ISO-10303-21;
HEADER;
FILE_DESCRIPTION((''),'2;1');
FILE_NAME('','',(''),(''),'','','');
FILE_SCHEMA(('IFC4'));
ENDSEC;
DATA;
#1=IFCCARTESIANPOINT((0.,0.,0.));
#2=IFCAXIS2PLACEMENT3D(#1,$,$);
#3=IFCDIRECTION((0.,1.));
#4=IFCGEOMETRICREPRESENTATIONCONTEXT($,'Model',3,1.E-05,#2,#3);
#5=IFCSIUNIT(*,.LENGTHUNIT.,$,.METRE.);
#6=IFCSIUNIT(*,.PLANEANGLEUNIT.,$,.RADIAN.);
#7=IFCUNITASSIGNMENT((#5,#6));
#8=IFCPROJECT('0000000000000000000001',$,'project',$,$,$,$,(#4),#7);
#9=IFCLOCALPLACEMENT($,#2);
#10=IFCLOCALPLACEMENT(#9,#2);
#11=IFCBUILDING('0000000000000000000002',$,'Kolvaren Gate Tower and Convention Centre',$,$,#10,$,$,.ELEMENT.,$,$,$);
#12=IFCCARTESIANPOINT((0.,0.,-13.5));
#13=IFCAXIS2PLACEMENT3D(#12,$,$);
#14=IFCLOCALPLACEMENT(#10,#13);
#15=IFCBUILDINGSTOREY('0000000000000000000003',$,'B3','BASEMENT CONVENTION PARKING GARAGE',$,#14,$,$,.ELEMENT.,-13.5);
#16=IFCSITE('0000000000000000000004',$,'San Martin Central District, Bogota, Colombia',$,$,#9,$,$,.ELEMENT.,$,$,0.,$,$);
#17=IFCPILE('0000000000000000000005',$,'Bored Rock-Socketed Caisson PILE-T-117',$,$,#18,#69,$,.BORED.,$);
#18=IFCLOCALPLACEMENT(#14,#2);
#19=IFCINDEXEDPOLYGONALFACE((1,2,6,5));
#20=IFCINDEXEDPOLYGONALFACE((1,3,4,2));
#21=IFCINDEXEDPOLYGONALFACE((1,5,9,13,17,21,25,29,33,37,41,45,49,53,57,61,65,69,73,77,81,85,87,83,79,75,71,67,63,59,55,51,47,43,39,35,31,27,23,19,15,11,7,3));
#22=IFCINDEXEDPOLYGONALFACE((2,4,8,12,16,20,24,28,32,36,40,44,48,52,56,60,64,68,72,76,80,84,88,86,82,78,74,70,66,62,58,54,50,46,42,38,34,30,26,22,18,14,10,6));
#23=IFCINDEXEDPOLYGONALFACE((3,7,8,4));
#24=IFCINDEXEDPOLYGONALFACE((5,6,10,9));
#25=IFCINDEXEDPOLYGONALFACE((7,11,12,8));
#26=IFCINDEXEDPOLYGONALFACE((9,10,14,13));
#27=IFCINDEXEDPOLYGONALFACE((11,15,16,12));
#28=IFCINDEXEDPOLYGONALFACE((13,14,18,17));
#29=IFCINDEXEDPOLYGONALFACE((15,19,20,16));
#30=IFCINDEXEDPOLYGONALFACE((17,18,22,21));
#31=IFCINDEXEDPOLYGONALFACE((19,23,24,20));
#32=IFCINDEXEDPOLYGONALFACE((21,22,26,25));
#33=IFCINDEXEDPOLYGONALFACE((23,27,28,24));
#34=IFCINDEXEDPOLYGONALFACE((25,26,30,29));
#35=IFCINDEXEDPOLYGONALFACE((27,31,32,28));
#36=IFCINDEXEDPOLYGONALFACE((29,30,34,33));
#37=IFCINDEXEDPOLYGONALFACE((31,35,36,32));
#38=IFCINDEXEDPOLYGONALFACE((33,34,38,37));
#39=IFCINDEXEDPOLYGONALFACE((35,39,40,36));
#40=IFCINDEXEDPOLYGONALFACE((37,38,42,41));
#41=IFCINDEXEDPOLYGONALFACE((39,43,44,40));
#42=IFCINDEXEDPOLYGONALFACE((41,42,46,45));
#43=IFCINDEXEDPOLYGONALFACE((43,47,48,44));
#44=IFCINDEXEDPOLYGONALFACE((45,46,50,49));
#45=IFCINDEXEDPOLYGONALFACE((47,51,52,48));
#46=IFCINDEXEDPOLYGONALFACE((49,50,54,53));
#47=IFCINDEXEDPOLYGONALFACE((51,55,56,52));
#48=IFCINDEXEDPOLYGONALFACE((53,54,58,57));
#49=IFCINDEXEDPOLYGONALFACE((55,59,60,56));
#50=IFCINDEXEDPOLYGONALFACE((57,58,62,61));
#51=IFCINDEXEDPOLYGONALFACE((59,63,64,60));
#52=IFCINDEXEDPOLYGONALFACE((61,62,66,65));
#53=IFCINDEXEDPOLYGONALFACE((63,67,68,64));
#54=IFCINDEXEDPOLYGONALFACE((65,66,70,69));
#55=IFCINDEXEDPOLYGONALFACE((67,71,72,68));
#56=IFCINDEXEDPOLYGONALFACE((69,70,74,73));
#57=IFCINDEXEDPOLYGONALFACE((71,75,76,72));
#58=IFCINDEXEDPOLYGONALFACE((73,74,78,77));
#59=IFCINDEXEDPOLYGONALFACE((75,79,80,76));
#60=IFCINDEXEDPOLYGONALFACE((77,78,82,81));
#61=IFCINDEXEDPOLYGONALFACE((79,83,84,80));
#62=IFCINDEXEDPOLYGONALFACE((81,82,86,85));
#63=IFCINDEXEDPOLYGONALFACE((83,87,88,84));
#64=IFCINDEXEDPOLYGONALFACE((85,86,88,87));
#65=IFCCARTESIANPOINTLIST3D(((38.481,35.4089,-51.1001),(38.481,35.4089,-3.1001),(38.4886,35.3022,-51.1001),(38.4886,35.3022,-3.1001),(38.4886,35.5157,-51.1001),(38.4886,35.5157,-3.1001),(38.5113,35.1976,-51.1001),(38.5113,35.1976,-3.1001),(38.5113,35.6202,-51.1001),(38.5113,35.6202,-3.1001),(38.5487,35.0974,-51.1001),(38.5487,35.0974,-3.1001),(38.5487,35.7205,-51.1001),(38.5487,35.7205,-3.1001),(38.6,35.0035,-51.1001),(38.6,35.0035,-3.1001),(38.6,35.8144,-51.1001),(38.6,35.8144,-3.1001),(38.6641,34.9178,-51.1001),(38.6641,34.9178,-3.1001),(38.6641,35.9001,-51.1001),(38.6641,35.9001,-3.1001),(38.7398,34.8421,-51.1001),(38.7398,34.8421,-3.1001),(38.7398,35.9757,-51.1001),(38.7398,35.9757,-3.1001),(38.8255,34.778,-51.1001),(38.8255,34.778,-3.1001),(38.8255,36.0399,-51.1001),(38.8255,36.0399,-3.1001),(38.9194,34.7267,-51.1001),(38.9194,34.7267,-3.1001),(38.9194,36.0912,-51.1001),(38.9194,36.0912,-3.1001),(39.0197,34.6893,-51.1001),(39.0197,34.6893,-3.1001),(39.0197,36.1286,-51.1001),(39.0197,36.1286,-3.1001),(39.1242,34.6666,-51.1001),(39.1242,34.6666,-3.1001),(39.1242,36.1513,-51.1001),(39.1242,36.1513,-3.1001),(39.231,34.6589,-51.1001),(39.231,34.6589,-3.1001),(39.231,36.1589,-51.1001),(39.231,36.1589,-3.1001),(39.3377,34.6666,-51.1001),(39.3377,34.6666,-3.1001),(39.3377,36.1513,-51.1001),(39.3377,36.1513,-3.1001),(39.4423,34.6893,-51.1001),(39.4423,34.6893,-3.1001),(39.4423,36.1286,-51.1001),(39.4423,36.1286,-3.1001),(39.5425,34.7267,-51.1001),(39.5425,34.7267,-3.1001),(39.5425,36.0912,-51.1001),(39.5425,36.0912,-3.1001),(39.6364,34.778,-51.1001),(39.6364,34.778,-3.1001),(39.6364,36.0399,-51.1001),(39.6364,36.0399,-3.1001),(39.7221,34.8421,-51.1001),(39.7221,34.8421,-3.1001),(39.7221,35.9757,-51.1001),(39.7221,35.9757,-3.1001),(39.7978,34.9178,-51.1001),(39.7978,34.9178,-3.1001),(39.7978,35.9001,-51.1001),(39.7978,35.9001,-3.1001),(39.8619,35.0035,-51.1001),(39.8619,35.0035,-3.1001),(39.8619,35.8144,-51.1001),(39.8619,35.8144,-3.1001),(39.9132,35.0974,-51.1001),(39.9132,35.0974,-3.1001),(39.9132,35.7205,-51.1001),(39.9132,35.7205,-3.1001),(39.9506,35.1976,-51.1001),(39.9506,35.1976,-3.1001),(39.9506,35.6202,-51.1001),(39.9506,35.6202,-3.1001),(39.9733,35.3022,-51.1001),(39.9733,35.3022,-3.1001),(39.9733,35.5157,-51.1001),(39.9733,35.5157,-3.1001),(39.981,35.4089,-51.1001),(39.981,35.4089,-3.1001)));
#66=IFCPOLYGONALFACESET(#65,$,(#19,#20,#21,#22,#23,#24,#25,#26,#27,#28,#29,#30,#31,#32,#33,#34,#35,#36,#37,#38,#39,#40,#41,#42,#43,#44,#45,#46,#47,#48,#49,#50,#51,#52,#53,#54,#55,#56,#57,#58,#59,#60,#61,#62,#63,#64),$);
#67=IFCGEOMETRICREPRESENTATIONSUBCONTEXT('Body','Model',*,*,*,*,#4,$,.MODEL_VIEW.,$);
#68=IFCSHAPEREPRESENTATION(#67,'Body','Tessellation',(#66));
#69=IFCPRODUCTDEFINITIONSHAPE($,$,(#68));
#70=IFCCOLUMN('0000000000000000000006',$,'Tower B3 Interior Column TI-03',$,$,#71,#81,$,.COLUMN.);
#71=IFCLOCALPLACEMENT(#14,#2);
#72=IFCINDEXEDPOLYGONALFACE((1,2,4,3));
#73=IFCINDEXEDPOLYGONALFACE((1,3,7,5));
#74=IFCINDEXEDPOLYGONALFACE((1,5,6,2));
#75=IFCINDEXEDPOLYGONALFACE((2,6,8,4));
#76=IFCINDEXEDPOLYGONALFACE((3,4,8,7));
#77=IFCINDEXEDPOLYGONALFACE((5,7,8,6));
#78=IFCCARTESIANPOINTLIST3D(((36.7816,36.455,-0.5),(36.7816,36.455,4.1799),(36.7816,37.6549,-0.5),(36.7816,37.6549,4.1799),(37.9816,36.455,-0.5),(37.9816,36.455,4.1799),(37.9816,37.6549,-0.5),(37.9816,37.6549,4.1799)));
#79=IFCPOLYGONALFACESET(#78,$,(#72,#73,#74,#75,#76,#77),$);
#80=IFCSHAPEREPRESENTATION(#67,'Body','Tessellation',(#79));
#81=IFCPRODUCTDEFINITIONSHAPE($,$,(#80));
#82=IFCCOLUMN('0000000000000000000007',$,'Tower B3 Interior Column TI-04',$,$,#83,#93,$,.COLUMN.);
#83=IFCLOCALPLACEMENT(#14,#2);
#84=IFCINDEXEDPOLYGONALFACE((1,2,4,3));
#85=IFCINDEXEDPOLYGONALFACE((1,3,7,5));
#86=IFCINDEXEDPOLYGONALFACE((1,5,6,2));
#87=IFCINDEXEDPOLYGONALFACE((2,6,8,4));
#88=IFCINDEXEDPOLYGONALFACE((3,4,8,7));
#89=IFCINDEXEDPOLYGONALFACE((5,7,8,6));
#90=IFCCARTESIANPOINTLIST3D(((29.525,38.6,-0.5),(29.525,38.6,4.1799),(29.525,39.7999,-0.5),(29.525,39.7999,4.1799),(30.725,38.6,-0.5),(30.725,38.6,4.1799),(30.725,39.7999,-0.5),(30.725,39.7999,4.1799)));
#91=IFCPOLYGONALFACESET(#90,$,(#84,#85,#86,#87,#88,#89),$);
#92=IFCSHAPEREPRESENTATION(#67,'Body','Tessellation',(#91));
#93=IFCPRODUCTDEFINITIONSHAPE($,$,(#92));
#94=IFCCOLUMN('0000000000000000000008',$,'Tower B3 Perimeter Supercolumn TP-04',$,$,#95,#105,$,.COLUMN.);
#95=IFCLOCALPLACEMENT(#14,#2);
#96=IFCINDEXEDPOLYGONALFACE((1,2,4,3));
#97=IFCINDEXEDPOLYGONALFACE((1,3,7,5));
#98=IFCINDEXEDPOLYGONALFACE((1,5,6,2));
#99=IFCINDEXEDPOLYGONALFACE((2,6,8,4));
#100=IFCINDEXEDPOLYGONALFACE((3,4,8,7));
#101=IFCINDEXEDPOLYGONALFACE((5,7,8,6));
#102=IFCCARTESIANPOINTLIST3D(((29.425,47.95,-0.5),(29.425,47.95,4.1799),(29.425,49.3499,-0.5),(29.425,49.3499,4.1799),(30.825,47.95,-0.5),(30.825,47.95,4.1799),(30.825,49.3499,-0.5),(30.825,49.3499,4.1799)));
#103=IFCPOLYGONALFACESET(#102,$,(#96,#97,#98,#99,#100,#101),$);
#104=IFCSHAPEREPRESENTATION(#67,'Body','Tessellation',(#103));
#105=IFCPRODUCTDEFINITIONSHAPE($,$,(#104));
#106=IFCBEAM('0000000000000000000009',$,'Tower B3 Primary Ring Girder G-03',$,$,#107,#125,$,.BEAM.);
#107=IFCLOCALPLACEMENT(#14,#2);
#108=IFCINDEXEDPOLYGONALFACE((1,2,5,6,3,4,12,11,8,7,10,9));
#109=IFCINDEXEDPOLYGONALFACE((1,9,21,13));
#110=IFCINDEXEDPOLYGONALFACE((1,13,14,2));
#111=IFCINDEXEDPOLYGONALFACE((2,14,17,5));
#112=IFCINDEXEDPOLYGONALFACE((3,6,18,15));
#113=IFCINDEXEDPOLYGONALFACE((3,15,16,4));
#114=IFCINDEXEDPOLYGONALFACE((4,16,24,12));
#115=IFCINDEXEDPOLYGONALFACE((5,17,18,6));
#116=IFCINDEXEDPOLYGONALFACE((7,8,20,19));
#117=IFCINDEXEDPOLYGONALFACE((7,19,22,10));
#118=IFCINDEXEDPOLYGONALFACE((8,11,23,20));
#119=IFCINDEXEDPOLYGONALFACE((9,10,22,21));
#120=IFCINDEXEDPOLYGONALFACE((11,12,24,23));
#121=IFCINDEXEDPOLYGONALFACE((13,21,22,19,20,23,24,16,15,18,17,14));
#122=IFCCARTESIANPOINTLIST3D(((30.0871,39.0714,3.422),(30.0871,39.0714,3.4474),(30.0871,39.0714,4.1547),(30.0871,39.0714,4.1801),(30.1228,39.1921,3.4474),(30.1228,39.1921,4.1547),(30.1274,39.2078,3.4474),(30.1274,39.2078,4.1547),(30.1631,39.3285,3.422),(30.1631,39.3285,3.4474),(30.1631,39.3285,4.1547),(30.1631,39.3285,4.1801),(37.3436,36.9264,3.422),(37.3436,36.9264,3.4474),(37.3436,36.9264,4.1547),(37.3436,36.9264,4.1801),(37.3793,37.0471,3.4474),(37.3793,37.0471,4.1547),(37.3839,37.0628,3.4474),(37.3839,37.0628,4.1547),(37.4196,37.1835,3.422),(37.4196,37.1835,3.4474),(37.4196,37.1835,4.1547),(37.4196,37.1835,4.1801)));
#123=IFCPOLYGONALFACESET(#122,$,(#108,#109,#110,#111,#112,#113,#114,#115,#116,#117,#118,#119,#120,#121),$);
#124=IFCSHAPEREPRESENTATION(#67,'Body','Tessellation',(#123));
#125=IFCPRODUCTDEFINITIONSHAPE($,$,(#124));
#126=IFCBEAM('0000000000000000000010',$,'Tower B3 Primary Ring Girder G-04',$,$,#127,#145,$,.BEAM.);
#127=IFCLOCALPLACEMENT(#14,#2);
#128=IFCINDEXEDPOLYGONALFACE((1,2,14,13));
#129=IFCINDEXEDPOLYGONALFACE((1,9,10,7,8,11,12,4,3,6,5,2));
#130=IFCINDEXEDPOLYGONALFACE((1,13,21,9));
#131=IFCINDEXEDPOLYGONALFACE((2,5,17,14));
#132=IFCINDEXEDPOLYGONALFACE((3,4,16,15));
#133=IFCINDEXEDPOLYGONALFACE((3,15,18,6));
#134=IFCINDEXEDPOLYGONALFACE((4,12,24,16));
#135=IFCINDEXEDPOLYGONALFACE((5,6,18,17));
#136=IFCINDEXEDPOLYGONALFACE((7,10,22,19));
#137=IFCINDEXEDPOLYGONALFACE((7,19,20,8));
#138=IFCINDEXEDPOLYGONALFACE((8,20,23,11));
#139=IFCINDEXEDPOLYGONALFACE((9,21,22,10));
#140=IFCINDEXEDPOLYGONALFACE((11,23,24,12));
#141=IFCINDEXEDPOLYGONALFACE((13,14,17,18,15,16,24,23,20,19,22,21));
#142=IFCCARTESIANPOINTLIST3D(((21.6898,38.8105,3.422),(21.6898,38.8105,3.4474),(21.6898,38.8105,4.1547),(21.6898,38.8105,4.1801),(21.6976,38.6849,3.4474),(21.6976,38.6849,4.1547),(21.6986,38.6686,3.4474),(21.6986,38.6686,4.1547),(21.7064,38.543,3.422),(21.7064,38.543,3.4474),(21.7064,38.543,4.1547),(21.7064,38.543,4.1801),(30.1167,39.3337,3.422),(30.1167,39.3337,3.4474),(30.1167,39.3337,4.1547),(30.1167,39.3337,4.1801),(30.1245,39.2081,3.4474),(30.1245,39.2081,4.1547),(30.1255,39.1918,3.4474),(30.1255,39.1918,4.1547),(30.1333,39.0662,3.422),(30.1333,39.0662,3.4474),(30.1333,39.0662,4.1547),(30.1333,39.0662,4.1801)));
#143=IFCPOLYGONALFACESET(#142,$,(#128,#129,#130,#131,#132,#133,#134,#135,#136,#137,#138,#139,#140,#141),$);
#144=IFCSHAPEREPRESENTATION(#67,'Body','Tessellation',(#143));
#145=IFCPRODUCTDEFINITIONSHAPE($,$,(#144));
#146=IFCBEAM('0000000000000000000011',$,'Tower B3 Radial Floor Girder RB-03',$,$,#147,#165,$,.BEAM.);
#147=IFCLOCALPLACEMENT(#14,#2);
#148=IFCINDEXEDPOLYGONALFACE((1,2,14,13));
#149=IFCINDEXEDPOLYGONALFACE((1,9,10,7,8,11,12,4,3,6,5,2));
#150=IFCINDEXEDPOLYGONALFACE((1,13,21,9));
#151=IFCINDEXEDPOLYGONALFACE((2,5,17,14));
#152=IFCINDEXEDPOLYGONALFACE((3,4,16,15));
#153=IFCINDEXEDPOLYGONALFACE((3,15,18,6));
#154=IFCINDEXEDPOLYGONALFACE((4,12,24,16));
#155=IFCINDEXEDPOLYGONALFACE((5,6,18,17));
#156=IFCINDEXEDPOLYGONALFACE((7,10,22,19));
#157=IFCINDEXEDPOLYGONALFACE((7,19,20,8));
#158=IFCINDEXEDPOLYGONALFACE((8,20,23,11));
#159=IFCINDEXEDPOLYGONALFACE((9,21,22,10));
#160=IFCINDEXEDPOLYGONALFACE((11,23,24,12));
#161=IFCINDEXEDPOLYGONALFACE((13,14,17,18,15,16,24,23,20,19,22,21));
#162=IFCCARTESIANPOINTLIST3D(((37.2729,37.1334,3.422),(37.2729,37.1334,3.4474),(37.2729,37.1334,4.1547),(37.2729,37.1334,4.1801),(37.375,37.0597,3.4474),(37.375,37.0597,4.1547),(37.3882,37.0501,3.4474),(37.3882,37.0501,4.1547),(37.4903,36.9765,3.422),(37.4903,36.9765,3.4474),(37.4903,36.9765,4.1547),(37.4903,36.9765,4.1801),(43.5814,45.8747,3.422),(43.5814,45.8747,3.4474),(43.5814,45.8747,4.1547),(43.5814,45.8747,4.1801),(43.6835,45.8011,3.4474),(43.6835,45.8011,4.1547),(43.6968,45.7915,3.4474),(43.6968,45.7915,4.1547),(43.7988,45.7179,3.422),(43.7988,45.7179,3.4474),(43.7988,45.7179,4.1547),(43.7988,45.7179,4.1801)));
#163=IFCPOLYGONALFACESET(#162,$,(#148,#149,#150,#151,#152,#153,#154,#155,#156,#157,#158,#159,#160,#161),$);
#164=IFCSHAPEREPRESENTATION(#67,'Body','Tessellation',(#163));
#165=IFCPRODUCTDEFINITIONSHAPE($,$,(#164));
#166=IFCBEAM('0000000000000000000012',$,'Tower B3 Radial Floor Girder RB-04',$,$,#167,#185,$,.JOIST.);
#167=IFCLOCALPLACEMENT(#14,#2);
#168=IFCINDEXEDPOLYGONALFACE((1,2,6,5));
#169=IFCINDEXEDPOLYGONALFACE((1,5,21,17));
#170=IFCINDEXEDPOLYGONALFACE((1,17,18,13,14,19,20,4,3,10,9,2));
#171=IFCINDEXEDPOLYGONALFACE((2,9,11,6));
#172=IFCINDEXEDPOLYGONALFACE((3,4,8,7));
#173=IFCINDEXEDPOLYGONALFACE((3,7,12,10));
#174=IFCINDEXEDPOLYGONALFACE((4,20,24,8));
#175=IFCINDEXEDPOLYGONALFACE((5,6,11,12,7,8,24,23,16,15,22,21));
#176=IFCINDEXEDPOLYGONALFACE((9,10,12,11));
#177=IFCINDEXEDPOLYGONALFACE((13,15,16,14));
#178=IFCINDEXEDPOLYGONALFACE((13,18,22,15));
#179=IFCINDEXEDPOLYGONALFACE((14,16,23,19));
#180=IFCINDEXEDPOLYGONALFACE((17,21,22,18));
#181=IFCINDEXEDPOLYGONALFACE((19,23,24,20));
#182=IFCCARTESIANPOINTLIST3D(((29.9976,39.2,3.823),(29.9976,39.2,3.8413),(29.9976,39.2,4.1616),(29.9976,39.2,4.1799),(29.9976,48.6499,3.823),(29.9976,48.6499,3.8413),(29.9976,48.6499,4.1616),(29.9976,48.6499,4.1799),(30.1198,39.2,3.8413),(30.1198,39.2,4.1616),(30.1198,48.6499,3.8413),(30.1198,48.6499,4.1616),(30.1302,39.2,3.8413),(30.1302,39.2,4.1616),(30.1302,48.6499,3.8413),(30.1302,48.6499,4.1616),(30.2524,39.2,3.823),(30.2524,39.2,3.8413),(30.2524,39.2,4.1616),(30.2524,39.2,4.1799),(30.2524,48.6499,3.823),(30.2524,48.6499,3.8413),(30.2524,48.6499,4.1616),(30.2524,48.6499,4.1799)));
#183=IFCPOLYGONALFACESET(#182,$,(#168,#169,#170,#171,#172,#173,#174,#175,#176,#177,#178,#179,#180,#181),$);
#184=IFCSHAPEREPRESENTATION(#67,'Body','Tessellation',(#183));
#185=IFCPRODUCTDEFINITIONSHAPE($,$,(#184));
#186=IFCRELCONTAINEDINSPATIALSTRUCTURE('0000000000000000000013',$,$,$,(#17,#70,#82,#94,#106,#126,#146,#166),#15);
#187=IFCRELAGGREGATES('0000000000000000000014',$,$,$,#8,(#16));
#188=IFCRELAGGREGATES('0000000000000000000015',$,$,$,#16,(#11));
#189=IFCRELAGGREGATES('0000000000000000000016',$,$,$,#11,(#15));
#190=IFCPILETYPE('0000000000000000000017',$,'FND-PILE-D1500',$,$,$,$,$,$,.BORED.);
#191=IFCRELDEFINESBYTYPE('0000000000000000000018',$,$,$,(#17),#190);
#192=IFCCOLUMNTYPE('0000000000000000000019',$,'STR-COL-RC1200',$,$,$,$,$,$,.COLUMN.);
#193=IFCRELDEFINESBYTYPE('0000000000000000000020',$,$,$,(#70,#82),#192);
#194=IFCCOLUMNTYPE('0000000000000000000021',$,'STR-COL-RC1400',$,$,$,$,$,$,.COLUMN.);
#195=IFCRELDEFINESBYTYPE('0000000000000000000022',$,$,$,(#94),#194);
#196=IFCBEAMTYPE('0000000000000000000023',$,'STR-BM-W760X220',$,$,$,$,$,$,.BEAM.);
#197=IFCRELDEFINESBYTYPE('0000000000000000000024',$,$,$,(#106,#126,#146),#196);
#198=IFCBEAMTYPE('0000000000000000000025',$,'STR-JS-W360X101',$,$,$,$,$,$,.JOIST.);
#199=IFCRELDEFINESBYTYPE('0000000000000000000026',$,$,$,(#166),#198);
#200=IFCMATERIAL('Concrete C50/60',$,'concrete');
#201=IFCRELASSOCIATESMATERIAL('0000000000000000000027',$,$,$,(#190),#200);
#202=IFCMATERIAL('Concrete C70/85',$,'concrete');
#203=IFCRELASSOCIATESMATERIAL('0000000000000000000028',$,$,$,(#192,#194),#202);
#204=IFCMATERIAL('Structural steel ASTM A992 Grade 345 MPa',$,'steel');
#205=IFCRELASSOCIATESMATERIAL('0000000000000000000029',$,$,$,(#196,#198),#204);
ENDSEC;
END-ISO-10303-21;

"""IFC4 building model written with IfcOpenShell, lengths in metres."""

from ifc_helpers import new_model, si_unit, direction, frame, origin, origin_2d, place, context, subcontext, project, spatial, rectangle, circle, i_section, extrude, material, material_profile, profile_set, type_object, element, save


model = new_model("IFC4")

# Units and contexts
model_context = context("Model", 3, precision=1e-05, world=origin(), true_north=direction((0.0, 1.0)))
body_context = subcontext(model_context, "Body", "Model", "MODEL_VIEW")
ifc_project = project(units=[si_unit("LENGTHUNIT", "METRE"), si_unit("PLANEANGLEUNIT", "RADIAN")], contexts=[model_context])

# Site, building, storey
site_placement = place(None, origin())
site = spatial("IfcSite", under=ifc_project, at=site_placement, Name="San Martin Central District, Bogota, Colombia", CompositionType="ELEMENT", RefElevation=0.0)
building_placement = place(site_placement, origin())
building = spatial("IfcBuilding", under=site, at=building_placement, Name="Kolvaren Gate Tower and Convention Centre", CompositionType="ELEMENT")
storey_placement = place(building_placement, frame((0.0, 0.0, -13.5)))
storey = spatial("IfcBuildingStorey", under=building, at=storey_placement, Name="B3", Description="BASEMENT CONVENTION PARKING GARAGE", CompositionType="ELEMENT", Elevation=-13.5)

# Shared definitions
ifc_material_1 = material(Name="Concrete C50/60", Category="concrete")

# Pile
ifc_material_profile_1 = material_profile(ifc_material_1, circle(Radius=0.75, at=origin_2d()), Name="CAISSON-D1500")
ifc_profile_set_1 = profile_set([ifc_material_profile_1], Name="Concrete C50/60")
pile_type = type_object("IfcPileType", Name="FND-PILE-D1500", PredefinedType="BORED", material=ifc_profile_set_1)
for number, where, z_axis, x_axis, name in (
    (1, (39.231, 35.4089, -3.1001), (0.0, 0.0, -1.0), (1.0, 0.0, 0.0), "Bored Rock-Socketed Caisson PILE-T-117"),
):
    element("IfcPile", number, at=place(storey_placement, frame(where, z_axis=z_axis, x_axis=x_axis)), inside=storey, type_object=pile_type, Name=name, PredefinedType="BORED", context=body_context, shape_type="SweptSolid", body=[
        extrude(circle(Radius=0.75, at=origin_2d()), origin(), (0.0, 0.0, 1.0), 48.0),
    ])

# Columns
ifc_material_2 = material(Name="Concrete C70/85", Category="concrete")
ifc_material_profile_2 = material_profile(ifc_material_2, rectangle(XDim=1.2, YDim=1.2, at=origin_2d()), Name="RC-COL-1200X1200")
ifc_profile_set_2 = profile_set([ifc_material_profile_2], Name="Concrete C70/85")
column_type_1 = type_object("IfcColumnType", Name="STR-COL-RC1200", PredefinedType="COLUMN", material=ifc_profile_set_2)
for number, where, z_axis, x_axis, name in (
    (2, (37.3816, 37.0549, -0.5), (0.0, 0.0, 1.0), (1.0, 0.0, 0.0), "Tower B3 Interior Column TI-03"),
    (3, (30.125, 39.2, -0.5), (0.0, 0.0, 1.0), (1.0, 0.0, 0.0), "Tower B3 Interior Column TI-04"),
):
    element("IfcColumn", number, at=place(storey_placement, frame(where, z_axis=z_axis, x_axis=x_axis)), inside=storey, type_object=column_type_1, Name=name, PredefinedType="COLUMN", context=body_context, shape_type="SweptSolid", body=[
        extrude(rectangle(XDim=1.2, YDim=1.2, at=origin_2d()), origin(), (0.0, 0.0, 1.0), 4.6799),
    ])
ifc_material_profile_3 = material_profile(ifc_material_2, rectangle(XDim=1.3999, YDim=1.3999, at=origin_2d()), Name="RC-COL-1400X1400")
ifc_profile_set_3 = profile_set([ifc_material_profile_3], Name="Concrete C70/85")
column_type_2 = type_object("IfcColumnType", Name="STR-COL-RC1400", PredefinedType="COLUMN", material=ifc_profile_set_3)
column_placement = place(storey_placement, frame((30.125, 48.6499, -0.5), z_axis=(0.0, 0.0, 1.0), x_axis=(1.0, 0.0, 0.0)))
element("IfcColumn", 4, at=column_placement, inside=storey, type_object=column_type_2, Name="Tower B3 Perimeter Supercolumn TP-04", PredefinedType="COLUMN", context=body_context, shape_type="SweptSolid", body=[
    extrude(rectangle(XDim=1.3999, YDim=1.3999, at=origin_2d()), origin(), (0.0, 0.0, 1.0), 4.6799),
])

# Beams
ifc_material_3 = material(Name="Structural steel ASTM A992 Grade 345 MPa", Category="steel")
ifc_material_profile_4 = material_profile(ifc_material_3, i_section(OverallWidth=0.2681, OverallDepth=0.7581, WebThickness=0.0164, FlangeThickness=0.0254, at=origin_2d()), Name="W760X220")
ifc_profile_set_4 = profile_set([ifc_material_profile_4], Name="Structural steel ASTM A992 Grade 345 MPa")
beam_type_1 = type_object("IfcBeamType", Name="STR-BM-W760X220", PredefinedType="BEAM", material=ifc_profile_set_4)
beam_1_placement = place(storey_placement, frame((37.3816, 37.0549, 3.801), z_axis=(-0.958981, 0.283471, 0.0), x_axis=(-0.283471, -0.958981, 0.0)))
element("IfcBeam", 5, at=beam_1_placement, inside=storey, type_object=beam_type_1, Name="Tower B3 Primary Ring Girder G-03", PredefinedType="BEAM", context=body_context, shape_type="SweptSolid", body=[
    extrude(i_section(OverallWidth=0.2681, OverallDepth=0.7581, WebThickness=0.0164, FlangeThickness=0.0254, at=origin_2d()), origin(), (0.0, 0.0, 1.0), 7.5669),
])
beam_2_placement = place(storey_placement, frame((30.125, 39.2, 3.801), z_axis=(-0.998078, -0.061966, 0.0), x_axis=(0.061966, -0.998078, 0.0)))
element("IfcBeam", 6, at=beam_2_placement, inside=storey, type_object=beam_type_1, Name="Tower B3 Primary Ring Girder G-04", PredefinedType="BEAM", context=body_context, shape_type="SweptSolid", body=[
    extrude(i_section(OverallWidth=0.2681, OverallDepth=0.7581, WebThickness=0.0164, FlangeThickness=0.0254, at=origin_2d()), origin(), (0.0, 0.0, 1.0), 8.4431),
])
beam_3_placement = place(storey_placement, frame((37.3816, 37.0549, 3.801), z_axis=(0.585205, 0.810885, 0.0), x_axis=(-0.810885, 0.585205, 0.0)))
element("IfcBeam", 7, at=beam_3_placement, inside=storey, type_object=beam_type_1, Name="Tower B3 Radial Floor Girder RB-03", PredefinedType="BEAM", context=body_context, shape_type="SweptSolid", body=[
    extrude(i_section(OverallWidth=0.2681, OverallDepth=0.7581, WebThickness=0.0164, FlangeThickness=0.0254, at=origin_2d()), origin(), (0.0, 0.0, 1.0), 10.78),
])
ifc_material_profile_5 = material_profile(ifc_material_3, i_section(OverallWidth=0.2549, OverallDepth=0.3569, WebThickness=0.0105, FlangeThickness=0.0183, at=origin_2d()), Name="W360X101")
ifc_profile_set_5 = profile_set([ifc_material_profile_5], Name="Structural steel ASTM A992 Grade 345 MPa")
beam_type_2 = type_object("IfcBeamType", Name="STR-JS-W360X101", PredefinedType="JOIST", material=ifc_profile_set_5)
beam_4_placement = place(storey_placement, frame((30.125, 39.2, 4.0015), z_axis=(0.0, 1.0, 0.0), x_axis=(-1.0, 0.0, 0.0)))
element("IfcBeam", 8, at=beam_4_placement, inside=storey, type_object=beam_type_2, Name="Tower B3 Radial Floor Girder RB-04", PredefinedType="JOIST", context=body_context, shape_type="SweptSolid", body=[
    extrude(i_section(OverallWidth=0.2549, OverallDepth=0.3569, WebThickness=0.0105, FlangeThickness=0.0183, at=origin_2d()), origin(), (0.0, 0.0, 1.0), 9.45),
])

save(model, "model.ifc")
